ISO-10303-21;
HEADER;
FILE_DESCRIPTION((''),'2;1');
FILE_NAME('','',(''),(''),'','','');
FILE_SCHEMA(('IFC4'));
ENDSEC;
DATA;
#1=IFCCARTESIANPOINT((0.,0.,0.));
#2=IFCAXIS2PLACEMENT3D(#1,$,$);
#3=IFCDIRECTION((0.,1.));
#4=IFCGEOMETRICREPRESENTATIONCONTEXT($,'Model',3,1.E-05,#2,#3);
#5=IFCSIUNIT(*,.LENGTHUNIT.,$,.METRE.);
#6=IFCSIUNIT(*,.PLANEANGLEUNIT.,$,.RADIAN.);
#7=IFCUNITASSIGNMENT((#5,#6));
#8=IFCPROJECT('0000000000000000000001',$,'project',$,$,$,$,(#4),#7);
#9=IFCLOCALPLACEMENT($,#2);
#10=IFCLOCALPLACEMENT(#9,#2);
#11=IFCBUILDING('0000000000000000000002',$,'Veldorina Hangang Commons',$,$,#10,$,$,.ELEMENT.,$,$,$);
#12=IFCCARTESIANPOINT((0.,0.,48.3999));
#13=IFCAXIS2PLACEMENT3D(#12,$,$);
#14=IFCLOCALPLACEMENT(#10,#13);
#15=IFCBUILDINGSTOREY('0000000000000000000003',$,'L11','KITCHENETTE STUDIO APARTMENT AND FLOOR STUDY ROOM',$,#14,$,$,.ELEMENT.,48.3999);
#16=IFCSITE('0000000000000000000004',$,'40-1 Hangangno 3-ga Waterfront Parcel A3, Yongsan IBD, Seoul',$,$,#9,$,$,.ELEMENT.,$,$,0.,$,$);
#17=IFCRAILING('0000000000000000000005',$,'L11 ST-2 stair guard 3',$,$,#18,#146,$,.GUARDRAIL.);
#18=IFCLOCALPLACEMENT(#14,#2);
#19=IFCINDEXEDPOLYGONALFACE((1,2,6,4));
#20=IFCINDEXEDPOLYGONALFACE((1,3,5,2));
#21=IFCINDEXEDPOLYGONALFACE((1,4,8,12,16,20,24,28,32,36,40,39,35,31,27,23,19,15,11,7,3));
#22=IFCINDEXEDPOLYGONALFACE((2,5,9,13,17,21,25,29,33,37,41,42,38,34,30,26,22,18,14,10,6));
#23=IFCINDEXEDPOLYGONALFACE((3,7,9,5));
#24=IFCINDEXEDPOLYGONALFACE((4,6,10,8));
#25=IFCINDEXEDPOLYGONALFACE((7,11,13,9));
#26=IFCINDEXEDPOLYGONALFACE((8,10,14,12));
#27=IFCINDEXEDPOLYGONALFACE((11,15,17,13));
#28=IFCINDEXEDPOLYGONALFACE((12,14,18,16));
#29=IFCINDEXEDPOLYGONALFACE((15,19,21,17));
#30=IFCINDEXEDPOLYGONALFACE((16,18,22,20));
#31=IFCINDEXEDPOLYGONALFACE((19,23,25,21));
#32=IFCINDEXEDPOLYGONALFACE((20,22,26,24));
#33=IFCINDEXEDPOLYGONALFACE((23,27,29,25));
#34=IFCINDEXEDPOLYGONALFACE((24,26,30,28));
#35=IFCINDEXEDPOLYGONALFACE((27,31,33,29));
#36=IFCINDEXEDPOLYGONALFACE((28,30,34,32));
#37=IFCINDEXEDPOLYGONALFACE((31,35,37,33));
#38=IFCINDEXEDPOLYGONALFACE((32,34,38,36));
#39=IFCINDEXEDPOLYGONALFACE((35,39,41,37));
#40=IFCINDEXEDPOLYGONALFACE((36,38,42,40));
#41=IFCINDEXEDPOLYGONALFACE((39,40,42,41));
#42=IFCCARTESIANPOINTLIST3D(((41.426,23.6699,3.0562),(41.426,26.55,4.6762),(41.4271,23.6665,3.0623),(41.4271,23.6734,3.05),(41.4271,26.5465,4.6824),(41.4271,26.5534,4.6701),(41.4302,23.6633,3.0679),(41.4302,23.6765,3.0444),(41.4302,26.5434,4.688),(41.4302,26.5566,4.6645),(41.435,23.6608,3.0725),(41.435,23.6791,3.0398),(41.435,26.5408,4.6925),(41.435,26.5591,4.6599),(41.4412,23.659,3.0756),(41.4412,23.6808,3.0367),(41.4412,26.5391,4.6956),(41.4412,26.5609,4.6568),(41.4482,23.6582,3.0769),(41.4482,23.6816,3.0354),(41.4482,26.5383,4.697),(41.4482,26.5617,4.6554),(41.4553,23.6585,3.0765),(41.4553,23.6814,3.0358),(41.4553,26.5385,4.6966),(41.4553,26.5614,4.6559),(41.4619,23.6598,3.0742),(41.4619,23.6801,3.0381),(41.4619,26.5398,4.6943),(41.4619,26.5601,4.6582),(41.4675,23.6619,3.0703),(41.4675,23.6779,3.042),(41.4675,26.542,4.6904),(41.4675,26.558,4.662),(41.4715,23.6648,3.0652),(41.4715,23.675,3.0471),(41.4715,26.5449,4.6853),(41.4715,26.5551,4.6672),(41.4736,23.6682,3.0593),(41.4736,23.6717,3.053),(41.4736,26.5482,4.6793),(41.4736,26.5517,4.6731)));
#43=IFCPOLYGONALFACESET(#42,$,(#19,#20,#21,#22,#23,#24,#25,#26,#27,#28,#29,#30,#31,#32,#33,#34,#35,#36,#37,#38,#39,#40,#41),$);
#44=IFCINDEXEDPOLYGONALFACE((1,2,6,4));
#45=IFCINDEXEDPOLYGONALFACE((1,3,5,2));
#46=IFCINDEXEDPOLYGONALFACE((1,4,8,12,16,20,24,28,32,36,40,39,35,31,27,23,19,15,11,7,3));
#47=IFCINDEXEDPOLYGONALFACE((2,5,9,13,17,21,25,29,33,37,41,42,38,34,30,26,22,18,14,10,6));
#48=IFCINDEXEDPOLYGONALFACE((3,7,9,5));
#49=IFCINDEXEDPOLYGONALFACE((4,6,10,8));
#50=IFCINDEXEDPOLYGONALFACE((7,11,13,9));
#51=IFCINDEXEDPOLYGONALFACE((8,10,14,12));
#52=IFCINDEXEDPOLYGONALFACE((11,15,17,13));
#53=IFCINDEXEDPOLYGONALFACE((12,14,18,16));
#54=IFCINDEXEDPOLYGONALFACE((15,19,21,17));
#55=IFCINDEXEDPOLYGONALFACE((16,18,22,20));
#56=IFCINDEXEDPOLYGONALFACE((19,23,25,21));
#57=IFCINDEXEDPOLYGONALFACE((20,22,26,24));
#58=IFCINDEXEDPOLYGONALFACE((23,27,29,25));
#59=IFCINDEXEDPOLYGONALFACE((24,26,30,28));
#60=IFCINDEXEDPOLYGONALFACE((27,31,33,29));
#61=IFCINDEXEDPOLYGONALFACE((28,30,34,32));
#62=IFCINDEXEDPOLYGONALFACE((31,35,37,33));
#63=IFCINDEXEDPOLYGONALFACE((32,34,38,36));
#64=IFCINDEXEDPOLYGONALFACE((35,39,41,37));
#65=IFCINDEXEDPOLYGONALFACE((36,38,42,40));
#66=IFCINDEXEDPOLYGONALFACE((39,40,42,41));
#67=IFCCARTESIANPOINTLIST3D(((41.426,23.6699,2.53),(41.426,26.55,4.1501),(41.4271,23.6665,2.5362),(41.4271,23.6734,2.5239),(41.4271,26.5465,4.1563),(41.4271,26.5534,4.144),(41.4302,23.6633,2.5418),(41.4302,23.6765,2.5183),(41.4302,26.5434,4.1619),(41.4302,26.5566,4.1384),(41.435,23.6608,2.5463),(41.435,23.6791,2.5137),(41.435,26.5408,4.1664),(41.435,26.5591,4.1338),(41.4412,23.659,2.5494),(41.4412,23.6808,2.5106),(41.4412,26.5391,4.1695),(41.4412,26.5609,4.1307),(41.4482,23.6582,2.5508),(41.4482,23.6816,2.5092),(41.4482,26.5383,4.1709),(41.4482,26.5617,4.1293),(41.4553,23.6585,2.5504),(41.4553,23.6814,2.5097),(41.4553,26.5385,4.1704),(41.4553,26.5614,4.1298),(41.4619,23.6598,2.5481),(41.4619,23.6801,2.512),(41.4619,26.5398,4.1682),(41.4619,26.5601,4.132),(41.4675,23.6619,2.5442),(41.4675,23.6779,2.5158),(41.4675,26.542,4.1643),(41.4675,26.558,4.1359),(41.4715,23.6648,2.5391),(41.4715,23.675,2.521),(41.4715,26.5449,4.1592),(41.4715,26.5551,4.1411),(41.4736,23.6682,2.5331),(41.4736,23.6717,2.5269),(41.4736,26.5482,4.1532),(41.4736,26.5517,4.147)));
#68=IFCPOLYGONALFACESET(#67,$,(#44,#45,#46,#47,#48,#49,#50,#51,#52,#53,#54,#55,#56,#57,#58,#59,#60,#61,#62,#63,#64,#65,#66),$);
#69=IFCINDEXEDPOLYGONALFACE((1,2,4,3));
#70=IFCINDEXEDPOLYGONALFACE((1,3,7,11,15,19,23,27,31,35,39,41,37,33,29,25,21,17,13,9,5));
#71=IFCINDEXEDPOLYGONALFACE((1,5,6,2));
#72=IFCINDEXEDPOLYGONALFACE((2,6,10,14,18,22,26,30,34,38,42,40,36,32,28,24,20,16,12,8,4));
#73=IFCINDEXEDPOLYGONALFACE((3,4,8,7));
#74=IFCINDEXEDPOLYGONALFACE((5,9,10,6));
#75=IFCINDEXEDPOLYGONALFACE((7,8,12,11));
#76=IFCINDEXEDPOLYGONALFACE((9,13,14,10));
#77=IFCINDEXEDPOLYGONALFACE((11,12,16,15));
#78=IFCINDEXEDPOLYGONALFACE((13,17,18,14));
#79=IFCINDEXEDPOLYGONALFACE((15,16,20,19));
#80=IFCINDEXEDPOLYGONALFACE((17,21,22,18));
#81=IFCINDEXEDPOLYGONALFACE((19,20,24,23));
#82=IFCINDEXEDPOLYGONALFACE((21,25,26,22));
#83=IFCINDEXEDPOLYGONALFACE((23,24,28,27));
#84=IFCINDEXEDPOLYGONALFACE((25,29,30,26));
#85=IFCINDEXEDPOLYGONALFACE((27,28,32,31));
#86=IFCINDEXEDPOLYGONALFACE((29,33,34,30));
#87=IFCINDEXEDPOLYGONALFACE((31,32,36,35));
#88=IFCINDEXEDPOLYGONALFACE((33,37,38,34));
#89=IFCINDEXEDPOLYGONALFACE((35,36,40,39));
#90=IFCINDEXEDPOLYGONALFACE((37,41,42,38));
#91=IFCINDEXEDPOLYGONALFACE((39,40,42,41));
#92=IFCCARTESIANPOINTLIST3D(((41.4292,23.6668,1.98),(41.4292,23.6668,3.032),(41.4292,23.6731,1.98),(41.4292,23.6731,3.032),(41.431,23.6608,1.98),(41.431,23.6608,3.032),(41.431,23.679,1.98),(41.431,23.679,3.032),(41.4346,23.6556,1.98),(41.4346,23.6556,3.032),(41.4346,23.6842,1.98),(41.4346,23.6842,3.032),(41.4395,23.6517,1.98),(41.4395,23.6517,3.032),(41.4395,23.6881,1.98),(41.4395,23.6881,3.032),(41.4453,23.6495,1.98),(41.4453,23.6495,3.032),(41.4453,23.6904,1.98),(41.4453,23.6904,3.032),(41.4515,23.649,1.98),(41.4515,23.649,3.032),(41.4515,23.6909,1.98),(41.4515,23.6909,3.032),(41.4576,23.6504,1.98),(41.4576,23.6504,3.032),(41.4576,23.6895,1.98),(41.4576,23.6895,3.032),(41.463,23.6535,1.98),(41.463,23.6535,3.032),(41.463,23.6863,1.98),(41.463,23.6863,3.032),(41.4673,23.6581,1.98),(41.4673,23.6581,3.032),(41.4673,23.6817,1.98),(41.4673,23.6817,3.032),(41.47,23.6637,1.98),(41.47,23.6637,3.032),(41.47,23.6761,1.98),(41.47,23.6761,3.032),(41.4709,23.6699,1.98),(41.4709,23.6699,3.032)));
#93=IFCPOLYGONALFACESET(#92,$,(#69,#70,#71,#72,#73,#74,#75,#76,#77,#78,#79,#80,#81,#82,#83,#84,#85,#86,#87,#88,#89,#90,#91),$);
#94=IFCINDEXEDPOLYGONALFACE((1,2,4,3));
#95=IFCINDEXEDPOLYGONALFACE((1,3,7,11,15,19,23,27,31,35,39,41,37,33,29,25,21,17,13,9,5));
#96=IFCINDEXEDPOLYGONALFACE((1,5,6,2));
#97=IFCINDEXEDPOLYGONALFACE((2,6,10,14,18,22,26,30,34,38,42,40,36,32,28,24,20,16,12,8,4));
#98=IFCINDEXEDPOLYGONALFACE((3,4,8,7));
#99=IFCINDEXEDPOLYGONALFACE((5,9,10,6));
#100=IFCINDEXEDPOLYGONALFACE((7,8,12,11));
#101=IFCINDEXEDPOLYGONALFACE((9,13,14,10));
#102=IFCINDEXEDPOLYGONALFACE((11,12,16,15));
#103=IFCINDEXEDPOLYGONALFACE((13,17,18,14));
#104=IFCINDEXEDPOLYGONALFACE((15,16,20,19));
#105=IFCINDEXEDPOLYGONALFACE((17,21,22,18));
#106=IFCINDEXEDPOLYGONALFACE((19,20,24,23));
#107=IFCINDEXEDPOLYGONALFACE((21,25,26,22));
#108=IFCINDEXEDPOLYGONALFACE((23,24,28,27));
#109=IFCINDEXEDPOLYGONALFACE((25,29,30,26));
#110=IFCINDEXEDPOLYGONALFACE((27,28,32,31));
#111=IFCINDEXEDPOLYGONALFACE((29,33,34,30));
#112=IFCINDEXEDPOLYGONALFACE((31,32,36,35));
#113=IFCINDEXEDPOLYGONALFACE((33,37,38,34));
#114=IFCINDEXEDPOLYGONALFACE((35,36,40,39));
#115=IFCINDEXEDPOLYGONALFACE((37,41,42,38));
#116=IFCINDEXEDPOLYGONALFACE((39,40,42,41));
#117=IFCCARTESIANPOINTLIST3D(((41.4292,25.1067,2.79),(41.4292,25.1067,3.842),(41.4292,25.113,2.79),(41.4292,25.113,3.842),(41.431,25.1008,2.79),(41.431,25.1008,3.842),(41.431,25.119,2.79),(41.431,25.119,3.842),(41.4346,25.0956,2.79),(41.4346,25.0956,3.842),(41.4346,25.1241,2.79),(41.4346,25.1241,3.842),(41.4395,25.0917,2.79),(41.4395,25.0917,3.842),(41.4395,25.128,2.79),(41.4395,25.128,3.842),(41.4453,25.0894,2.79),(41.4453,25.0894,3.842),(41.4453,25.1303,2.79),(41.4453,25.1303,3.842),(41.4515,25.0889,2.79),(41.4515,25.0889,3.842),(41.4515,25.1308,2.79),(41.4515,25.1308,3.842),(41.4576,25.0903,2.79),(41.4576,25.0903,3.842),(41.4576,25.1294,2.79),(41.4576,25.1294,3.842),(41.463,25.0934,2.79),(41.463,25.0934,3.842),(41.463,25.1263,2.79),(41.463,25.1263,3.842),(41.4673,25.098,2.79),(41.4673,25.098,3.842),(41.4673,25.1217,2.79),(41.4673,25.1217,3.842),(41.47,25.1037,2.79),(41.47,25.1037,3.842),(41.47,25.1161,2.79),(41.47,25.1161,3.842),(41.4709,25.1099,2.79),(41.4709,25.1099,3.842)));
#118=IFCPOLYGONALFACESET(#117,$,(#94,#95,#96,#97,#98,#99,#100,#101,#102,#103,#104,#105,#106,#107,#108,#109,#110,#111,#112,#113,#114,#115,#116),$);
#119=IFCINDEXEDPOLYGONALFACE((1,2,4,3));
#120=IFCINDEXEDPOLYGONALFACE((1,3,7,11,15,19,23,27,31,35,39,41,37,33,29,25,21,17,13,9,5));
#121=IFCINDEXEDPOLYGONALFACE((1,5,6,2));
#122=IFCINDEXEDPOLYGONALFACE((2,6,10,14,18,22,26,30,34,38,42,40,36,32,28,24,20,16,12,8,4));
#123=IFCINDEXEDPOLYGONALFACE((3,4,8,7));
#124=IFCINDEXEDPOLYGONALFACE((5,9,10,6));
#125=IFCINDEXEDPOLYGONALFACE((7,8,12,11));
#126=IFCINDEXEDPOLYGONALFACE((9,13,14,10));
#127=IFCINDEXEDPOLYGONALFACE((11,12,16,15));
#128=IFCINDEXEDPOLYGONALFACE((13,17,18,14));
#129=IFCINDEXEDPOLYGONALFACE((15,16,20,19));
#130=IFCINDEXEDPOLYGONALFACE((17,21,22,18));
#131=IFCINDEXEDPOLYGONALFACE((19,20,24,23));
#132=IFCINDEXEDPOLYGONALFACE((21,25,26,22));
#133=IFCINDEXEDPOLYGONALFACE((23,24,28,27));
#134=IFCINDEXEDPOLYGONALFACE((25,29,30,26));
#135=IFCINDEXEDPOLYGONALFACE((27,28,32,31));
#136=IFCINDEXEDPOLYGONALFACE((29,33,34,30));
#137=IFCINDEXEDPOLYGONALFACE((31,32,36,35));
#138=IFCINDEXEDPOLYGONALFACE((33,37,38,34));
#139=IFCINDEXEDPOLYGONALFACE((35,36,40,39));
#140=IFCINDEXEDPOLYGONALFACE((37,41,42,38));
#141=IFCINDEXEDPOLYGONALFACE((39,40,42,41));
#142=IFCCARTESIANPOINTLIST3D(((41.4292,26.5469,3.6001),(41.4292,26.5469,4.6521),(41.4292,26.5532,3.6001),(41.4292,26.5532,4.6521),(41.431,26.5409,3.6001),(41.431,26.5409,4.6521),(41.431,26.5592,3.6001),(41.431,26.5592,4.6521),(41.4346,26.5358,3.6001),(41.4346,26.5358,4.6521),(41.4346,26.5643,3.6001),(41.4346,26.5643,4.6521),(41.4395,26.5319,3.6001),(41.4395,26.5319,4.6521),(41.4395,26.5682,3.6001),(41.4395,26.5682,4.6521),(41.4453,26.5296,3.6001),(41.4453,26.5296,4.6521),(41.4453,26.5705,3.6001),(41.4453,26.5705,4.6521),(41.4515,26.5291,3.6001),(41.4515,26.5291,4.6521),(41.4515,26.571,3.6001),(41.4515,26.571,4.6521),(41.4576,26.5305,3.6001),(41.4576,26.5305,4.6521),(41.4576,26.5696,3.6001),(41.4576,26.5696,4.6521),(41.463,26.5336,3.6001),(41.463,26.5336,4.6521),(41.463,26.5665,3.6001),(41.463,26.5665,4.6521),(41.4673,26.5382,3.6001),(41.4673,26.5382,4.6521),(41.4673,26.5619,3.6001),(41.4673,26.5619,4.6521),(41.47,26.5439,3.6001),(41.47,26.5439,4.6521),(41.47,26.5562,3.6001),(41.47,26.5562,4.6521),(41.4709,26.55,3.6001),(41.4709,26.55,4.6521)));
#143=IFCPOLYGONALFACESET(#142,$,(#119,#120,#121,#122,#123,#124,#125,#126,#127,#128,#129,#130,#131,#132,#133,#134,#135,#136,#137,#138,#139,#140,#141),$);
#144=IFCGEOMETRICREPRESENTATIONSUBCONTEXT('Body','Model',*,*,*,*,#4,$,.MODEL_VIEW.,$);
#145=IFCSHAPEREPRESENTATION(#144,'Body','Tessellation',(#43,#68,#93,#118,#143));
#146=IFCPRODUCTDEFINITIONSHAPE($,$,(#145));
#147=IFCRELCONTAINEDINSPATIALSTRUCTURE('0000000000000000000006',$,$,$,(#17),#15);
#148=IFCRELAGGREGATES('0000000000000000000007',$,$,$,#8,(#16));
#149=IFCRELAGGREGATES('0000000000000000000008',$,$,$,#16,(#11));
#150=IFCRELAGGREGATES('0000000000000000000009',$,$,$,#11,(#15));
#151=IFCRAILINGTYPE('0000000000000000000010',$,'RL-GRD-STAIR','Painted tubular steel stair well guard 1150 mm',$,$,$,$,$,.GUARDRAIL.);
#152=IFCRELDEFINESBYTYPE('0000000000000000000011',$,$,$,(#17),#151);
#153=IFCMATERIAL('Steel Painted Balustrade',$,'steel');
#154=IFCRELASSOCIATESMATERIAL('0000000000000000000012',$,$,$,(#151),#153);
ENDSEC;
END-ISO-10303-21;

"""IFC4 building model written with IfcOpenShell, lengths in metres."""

from ifc_helpers import new_model, si_unit, direction, frame, origin, origin_2d, place, context, subcontext, project, spatial, circle, extrude, material, type_object, element, save


model = new_model("IFC4")

# Units and contexts
model_context = context("Model", 3, precision=1e-05, world=origin(), true_north=direction((0.0, 1.0)))
body_context = subcontext(model_context, "Body", "Model", "MODEL_VIEW")
ifc_project = project(units=[si_unit("LENGTHUNIT", "METRE"), si_unit("PLANEANGLEUNIT", "RADIAN")], contexts=[model_context])

# Site, building, storey
site_placement = place(None, origin())
site = spatial("IfcSite", under=ifc_project, at=site_placement, Name="40-1 Hangangno 3-ga Waterfront Parcel A3, Yongsan IBD, Seoul", CompositionType="ELEMENT", RefElevation=0.0)
building_placement = place(site_placement, origin())
building = spatial("IfcBuilding", under=site, at=building_placement, Name="Veldorina Hangang Commons", CompositionType="ELEMENT")
storey_placement = place(building_placement, frame((0.0, 0.0, 48.3999)))
storey = spatial("IfcBuildingStorey", under=building, at=storey_placement, Name="L11", Description="KITCHENETTE STUDIO APARTMENT AND FLOOR STUDY ROOM", CompositionType="ELEMENT", Elevation=48.3999)

# Railing
ifc_material_1 = material(Name="Steel Painted Balustrade", Category="steel")
railing_type_1 = type_object("IfcRailingType", Name="RL-GRD-STAIR", Description="Painted tubular steel stair well guard 1150 mm", PredefinedType="GUARDRAIL", material=ifc_material_1)
railing_1_placement = place(storey_placement, frame((41.45, 23.6699, 1.98)))
element("IfcRailing", 1, at=railing_1_placement, inside=storey, type_object=railing_type_1, Name="L11 ST-2 stair guard 3", PredefinedType="GUARDRAIL", context=body_context, shape_type="SweptSolid", body=[
    extrude(circle(Radius=0.0239, at=origin_2d()), frame((0.0, 0.0, 1.0762), z_axis=(0.0, 0.87157, 0.490272), x_axis=(-1.0, 0.0, 0.0)), (0.0, 0.0, 1.0), 3.3044),
    extrude(circle(Radius=0.0239, at=origin_2d()), frame((0.0, 0.0, 0.55), z_axis=(0.0, 0.87157, 0.490272), x_axis=(-1.0, 0.0, 0.0)), (0.0, 0.0, 1.0), 3.3044),
    extrude(circle(Radius=0.021, at=origin_2d()), origin(), (0.0, 0.0, 1.0), 1.052),
    extrude(circle(Radius=0.021, at=origin_2d()), frame((0.0, 1.4399, 0.8101)), (0.0, 0.0, 1.0), 1.052),
    extrude(circle(Radius=0.021, at=origin_2d()), frame((0.0, 2.8801, 1.6201)), (0.0, 0.0, 1.0), 1.052),
])

save(model, "model.ifc")
